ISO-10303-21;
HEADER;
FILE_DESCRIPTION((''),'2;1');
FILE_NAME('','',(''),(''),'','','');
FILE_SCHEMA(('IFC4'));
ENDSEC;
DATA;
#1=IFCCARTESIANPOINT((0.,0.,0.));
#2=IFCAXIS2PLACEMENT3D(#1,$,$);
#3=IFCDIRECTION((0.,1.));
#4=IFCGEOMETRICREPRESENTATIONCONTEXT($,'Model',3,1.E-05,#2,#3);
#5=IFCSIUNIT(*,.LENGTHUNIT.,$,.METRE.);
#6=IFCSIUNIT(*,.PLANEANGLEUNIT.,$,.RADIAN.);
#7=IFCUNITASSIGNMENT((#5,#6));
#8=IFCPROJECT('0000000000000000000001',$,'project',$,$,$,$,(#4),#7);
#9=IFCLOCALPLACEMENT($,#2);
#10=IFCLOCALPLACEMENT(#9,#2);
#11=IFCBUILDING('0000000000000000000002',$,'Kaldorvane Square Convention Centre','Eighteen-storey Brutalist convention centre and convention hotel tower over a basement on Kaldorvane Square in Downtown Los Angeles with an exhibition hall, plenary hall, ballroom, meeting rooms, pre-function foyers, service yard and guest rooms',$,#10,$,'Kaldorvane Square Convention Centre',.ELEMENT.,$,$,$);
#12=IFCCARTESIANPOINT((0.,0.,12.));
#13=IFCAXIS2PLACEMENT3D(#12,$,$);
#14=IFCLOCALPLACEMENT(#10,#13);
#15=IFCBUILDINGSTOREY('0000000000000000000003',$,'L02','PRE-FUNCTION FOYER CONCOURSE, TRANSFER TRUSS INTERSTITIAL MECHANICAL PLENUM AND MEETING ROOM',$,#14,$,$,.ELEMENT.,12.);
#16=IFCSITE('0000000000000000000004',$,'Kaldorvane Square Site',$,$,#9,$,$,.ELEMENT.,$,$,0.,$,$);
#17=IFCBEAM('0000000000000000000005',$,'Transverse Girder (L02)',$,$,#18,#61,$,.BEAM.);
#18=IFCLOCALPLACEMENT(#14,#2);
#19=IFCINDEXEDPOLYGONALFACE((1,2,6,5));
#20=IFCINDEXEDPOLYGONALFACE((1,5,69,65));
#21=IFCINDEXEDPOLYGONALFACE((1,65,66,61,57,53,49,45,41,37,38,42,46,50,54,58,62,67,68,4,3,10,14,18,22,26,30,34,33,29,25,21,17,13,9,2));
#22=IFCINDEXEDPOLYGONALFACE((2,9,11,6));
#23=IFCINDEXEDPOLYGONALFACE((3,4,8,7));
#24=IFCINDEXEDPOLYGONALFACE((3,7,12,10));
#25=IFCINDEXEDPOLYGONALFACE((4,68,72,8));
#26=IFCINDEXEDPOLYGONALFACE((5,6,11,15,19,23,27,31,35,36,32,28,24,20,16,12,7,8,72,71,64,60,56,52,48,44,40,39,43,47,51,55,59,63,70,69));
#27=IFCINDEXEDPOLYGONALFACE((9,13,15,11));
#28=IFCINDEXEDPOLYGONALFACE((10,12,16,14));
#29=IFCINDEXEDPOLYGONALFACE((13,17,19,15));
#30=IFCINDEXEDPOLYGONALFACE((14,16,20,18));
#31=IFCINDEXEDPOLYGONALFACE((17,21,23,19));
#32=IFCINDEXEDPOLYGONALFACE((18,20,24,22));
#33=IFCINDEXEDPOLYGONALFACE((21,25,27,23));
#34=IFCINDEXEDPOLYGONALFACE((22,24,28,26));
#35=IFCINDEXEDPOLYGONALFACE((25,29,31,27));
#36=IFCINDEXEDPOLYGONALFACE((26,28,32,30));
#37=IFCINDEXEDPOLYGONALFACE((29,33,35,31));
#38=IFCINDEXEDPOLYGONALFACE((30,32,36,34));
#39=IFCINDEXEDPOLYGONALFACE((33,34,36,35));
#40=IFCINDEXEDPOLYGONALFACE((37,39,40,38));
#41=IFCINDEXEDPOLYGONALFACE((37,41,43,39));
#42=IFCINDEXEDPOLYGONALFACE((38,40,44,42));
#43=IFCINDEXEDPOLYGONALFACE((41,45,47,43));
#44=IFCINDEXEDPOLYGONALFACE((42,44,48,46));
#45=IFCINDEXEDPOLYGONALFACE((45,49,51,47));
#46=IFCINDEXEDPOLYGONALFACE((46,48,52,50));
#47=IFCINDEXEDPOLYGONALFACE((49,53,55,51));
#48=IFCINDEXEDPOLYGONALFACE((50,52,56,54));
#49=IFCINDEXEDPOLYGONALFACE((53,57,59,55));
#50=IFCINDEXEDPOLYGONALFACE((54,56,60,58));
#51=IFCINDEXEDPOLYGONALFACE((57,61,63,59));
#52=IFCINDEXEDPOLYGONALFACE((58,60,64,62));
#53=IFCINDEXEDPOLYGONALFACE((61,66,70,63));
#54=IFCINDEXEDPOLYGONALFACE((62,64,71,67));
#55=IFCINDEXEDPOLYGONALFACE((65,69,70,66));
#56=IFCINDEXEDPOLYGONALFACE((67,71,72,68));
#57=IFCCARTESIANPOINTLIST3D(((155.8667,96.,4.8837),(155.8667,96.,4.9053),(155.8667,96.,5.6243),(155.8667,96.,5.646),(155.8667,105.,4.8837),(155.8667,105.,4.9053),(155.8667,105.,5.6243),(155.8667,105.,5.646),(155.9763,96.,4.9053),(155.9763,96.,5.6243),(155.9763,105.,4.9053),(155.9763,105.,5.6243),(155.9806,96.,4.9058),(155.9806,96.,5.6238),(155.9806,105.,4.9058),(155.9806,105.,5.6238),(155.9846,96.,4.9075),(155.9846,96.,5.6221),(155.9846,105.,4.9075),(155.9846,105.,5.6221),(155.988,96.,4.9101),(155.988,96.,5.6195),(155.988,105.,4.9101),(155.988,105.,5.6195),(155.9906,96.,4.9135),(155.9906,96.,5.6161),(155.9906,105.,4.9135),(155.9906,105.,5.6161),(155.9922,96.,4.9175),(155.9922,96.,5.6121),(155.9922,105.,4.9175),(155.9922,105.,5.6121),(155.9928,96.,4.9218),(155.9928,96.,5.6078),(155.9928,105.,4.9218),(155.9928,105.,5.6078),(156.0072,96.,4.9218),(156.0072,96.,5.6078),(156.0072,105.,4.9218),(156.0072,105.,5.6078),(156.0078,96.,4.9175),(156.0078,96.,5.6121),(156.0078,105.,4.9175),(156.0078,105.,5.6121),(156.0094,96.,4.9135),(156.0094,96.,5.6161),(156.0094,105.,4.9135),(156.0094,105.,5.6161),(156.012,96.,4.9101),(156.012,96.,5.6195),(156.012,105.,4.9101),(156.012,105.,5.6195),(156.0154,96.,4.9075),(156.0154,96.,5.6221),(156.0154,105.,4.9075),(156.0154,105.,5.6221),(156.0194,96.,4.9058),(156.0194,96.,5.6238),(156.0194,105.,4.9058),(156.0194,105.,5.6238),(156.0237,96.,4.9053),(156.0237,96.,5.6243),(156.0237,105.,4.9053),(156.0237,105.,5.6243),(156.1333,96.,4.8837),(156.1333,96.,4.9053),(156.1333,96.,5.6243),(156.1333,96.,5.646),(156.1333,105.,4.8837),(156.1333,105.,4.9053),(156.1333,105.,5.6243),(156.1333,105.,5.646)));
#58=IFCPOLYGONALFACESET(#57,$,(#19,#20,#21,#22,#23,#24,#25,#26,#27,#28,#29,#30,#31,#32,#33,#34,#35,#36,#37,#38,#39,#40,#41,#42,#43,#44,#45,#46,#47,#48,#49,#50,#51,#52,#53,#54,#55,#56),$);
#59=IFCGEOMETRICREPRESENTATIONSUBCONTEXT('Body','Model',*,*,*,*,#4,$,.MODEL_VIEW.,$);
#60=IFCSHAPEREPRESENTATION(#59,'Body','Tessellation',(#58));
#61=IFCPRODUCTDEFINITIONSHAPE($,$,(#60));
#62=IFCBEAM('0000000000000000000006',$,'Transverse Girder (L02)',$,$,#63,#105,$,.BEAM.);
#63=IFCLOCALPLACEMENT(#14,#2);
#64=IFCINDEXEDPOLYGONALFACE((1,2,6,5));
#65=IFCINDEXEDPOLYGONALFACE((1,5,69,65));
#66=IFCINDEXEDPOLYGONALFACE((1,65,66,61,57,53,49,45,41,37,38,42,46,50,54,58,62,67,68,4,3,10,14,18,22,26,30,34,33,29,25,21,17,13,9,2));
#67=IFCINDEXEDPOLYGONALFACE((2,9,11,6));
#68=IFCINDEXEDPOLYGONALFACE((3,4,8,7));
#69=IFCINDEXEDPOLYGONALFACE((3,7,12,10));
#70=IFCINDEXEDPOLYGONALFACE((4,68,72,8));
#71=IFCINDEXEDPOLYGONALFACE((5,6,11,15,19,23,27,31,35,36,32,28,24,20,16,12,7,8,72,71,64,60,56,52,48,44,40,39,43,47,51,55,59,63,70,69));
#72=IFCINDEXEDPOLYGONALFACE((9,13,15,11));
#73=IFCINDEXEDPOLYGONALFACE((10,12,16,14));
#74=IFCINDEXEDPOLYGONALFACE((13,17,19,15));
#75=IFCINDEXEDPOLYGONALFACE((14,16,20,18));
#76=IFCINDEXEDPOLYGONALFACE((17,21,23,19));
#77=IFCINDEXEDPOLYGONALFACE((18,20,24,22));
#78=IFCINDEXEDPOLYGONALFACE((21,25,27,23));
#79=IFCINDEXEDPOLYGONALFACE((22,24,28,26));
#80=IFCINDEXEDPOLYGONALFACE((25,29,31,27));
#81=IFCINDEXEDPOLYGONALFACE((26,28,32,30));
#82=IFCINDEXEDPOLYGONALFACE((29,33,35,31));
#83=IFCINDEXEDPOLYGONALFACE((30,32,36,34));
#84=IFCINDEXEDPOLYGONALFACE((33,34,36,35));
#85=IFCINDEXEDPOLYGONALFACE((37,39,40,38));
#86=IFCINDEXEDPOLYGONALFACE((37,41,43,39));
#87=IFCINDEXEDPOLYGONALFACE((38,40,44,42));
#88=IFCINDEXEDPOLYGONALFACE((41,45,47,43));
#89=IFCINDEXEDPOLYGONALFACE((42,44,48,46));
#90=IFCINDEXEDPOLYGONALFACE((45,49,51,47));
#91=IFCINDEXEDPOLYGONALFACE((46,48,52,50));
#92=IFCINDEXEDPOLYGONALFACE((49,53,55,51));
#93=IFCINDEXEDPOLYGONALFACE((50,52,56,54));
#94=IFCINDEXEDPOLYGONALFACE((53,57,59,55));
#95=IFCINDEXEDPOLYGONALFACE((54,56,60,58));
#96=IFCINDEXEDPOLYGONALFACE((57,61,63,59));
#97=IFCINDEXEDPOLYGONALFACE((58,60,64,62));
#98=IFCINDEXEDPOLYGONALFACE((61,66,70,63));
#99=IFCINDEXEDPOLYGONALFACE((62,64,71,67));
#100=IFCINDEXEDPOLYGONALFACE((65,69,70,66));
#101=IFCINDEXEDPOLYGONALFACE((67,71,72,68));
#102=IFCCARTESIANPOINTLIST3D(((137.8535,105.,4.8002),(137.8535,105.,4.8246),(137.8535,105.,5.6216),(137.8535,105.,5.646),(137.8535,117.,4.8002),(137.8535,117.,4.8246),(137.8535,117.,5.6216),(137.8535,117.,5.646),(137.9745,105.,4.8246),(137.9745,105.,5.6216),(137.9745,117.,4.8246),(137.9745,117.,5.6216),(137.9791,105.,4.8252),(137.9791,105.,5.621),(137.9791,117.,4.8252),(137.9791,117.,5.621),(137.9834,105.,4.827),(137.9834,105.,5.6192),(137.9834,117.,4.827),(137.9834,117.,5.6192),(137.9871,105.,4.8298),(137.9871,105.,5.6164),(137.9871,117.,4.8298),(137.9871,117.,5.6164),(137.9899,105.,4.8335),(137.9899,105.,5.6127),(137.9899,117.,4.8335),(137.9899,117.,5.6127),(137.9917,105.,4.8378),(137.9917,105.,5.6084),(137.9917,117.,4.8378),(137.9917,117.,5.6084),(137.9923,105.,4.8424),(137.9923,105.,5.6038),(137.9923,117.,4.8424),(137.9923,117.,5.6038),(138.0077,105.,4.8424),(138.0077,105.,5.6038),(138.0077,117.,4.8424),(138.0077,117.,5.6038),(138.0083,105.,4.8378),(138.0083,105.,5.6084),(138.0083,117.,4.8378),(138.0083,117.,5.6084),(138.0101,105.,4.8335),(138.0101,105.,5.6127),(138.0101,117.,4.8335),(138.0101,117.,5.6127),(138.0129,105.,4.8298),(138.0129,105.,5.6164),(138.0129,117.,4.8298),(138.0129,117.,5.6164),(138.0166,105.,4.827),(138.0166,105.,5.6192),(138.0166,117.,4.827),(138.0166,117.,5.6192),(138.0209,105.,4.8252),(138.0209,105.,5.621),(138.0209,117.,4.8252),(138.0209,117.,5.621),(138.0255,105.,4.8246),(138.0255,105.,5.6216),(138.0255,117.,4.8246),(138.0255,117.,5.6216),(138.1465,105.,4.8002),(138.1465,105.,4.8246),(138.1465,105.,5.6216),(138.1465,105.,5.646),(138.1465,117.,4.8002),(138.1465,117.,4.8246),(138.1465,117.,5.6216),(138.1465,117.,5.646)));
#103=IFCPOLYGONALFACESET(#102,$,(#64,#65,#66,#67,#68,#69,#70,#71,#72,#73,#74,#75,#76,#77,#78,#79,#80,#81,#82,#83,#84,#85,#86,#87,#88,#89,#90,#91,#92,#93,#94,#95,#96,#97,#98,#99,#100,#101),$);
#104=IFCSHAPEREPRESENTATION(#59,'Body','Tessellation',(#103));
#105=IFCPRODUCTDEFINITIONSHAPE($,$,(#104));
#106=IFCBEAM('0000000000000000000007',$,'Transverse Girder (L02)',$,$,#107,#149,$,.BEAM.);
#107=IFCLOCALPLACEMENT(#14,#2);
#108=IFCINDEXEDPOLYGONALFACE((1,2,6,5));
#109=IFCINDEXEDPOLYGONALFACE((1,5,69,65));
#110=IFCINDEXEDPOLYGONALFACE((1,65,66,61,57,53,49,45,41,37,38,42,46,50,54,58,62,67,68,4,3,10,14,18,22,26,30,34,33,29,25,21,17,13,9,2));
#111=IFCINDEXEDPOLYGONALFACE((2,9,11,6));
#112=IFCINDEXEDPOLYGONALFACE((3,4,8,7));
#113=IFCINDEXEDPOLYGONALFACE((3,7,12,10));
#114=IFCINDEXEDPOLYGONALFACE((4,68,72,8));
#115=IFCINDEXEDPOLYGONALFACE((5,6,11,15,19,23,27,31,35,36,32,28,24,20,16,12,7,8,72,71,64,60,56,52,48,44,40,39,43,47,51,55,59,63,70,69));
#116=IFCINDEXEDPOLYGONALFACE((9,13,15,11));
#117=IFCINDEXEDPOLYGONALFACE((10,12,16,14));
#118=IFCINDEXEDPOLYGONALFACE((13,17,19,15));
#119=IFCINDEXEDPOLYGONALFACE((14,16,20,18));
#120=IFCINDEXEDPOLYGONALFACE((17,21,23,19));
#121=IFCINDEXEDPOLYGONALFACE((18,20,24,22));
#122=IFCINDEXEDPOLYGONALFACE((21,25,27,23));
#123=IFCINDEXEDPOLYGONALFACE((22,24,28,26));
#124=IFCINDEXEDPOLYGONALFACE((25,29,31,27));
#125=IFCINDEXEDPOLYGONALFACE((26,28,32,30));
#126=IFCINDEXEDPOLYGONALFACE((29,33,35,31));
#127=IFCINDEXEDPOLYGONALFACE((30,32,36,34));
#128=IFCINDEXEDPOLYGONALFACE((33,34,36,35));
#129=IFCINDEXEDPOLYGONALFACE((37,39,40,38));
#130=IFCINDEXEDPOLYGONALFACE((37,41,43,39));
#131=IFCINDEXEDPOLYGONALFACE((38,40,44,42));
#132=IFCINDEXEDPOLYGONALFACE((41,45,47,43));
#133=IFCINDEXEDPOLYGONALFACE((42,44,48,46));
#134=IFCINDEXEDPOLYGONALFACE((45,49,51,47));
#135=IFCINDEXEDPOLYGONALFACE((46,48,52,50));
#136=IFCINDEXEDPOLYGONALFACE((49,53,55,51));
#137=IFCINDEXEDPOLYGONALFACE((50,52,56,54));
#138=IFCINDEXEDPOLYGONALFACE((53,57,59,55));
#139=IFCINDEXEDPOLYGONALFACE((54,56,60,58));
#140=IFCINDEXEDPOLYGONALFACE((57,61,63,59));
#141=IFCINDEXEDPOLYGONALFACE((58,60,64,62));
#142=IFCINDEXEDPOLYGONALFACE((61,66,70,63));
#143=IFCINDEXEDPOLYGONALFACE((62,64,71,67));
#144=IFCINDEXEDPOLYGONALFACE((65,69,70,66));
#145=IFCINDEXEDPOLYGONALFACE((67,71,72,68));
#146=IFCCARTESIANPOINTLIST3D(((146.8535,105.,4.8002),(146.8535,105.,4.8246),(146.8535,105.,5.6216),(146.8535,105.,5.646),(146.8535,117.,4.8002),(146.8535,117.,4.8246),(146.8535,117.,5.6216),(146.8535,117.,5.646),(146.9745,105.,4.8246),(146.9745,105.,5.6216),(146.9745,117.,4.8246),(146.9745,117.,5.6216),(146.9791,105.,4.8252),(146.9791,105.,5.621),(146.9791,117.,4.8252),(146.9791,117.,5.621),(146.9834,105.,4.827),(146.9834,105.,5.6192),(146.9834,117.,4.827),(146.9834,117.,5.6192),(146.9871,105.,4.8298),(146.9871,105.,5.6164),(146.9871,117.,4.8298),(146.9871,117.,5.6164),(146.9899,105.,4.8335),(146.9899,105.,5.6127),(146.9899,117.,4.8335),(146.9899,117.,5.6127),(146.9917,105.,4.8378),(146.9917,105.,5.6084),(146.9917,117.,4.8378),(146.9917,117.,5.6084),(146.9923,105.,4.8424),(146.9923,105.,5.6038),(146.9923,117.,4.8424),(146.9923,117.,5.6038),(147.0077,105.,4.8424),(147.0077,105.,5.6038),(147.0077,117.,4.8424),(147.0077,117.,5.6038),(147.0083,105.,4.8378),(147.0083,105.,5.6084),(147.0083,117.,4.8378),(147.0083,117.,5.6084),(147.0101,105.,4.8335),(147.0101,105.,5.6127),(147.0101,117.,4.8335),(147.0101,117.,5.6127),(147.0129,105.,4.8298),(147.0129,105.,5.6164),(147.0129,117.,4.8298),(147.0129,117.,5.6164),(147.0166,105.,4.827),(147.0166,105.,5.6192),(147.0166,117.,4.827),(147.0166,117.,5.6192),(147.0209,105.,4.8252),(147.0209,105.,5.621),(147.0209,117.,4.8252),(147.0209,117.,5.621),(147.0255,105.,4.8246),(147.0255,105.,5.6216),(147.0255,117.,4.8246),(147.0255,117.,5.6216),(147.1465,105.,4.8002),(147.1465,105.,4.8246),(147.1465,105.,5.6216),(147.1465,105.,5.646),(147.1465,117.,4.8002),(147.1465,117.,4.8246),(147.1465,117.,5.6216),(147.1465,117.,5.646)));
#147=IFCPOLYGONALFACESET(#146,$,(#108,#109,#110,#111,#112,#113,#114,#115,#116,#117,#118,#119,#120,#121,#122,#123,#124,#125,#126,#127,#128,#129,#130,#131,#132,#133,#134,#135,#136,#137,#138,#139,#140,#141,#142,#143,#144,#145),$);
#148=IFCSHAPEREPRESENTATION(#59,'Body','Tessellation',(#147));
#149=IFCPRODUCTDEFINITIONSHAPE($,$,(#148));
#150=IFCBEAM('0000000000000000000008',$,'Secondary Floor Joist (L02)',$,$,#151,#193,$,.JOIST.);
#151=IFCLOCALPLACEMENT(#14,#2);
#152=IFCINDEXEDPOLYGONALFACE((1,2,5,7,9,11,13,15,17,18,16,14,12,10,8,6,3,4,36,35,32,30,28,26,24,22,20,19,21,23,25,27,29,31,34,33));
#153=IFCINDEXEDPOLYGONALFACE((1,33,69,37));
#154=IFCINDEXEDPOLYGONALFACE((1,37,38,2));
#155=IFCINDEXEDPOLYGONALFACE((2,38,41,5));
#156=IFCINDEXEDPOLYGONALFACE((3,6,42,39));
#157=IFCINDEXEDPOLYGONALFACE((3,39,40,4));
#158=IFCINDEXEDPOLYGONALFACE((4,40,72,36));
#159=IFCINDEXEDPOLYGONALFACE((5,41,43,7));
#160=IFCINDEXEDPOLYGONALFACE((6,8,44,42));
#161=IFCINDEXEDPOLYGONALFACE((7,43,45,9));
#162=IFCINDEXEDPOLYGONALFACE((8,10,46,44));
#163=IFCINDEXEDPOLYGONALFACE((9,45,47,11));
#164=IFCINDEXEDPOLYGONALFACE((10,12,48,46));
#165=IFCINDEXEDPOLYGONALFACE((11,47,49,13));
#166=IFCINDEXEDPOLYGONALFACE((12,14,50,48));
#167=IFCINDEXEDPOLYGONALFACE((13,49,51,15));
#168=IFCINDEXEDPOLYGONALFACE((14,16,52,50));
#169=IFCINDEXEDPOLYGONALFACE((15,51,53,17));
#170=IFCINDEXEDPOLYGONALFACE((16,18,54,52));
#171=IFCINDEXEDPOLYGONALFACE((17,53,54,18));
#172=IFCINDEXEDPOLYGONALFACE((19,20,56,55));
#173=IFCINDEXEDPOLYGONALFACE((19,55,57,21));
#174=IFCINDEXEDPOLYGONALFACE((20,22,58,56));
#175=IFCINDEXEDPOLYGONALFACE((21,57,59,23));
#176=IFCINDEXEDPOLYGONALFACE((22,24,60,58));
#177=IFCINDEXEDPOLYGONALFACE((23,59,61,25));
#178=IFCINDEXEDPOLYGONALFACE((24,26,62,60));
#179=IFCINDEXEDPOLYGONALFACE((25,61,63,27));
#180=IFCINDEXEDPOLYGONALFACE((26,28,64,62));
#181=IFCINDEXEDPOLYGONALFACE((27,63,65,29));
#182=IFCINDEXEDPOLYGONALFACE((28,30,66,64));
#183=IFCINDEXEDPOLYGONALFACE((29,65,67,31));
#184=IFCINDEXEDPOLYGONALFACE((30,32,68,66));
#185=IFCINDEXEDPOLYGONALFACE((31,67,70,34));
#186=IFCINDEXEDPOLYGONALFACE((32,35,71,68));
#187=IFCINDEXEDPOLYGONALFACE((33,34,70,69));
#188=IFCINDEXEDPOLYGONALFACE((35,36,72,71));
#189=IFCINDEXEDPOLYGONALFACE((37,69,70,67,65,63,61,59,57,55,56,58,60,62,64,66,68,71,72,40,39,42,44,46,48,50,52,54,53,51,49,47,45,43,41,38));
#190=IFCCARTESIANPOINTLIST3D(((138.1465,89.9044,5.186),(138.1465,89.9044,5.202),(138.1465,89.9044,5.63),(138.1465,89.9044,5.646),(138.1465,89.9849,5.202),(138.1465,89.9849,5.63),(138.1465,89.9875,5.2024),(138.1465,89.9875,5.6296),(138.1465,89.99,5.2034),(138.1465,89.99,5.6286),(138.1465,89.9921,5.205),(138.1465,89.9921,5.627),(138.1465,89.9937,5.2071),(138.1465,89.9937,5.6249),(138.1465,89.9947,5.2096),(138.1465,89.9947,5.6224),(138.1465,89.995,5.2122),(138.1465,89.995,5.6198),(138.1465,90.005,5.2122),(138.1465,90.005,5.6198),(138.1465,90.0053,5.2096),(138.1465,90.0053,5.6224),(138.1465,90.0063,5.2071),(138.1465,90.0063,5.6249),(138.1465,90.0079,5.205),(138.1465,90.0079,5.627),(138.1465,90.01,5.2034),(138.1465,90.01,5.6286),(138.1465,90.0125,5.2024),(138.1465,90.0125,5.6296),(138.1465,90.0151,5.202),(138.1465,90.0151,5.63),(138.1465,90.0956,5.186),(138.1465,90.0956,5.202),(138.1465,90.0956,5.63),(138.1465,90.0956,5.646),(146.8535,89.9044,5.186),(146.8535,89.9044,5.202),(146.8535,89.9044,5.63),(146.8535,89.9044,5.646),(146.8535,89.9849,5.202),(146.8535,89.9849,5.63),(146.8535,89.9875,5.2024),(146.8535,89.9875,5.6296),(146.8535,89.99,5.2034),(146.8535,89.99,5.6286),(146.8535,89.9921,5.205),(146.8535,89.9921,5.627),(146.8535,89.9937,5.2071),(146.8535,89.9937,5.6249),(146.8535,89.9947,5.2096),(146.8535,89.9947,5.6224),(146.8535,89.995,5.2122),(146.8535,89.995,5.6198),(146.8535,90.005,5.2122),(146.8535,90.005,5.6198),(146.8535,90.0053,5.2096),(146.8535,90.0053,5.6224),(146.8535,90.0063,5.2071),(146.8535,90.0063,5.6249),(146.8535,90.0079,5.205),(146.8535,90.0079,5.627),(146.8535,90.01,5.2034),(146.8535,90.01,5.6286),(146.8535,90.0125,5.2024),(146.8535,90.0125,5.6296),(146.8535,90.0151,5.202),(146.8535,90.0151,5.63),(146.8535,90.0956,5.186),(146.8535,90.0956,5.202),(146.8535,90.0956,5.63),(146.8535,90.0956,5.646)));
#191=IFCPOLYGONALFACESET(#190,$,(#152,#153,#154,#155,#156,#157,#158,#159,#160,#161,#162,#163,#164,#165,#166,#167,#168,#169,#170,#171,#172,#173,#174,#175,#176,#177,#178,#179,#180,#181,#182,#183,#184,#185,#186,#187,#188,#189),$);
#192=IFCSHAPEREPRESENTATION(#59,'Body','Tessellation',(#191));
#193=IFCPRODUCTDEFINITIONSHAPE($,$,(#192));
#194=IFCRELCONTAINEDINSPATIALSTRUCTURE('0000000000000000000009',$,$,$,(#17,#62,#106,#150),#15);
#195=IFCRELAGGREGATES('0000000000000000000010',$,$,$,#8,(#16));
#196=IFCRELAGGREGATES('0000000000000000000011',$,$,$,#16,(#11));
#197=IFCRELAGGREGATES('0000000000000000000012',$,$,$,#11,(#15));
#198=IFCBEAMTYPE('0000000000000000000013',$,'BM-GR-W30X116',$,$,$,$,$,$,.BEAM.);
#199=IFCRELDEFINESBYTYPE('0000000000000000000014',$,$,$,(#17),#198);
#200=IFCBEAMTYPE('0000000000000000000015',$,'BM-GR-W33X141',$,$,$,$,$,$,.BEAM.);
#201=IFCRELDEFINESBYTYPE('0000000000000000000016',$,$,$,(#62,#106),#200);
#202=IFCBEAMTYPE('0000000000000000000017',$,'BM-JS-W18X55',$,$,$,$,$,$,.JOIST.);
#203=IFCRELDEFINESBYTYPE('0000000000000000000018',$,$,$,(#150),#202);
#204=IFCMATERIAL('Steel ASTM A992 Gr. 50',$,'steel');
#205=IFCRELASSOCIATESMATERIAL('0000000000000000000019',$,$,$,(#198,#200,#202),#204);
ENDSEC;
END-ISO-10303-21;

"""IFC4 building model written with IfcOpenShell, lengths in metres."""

from ifc_helpers import new_model, si_unit, direction, frame, origin, origin_2d, place, context, subcontext, project, spatial, i_section, extrude, material, material_profile, profile_set, type_object, element, save


model = new_model("IFC4")

# Units and contexts
model_context = context("Model", 3, precision=1e-05, world=origin(), true_north=direction((0.0, 1.0)))
body_context = subcontext(model_context, "Body", "Model", "MODEL_VIEW")
ifc_project = project(units=[si_unit("LENGTHUNIT", "METRE"), si_unit("PLANEANGLEUNIT", "RADIAN")], contexts=[model_context])

# Site, building, storey
site_placement = place(None, origin())
site = spatial("IfcSite", under=ifc_project, at=site_placement, Name="Kaldorvane Square Site", CompositionType="ELEMENT", RefElevation=0.0)
building_placement = place(site_placement, origin())
building = spatial("IfcBuilding", under=site, at=building_placement, Name="Kaldorvane Square Convention Centre", Description="Eighteen-storey Brutalist convention centre and convention hotel tower over a basement on Kaldorvane Square in Downtown Los Angeles with an exhibition hall, plenary hall, ballroom, meeting rooms, pre-function foyers, service yard and guest rooms", LongName="Kaldorvane Square Convention Centre", CompositionType="ELEMENT")
storey_placement = place(building_placement, frame((0.0, 0.0, 12.0)))
storey = spatial("IfcBuildingStorey", under=building, at=storey_placement, Name="L02", Description="PRE-FUNCTION FOYER CONCOURSE, TRANSFER TRUSS INTERSTITIAL MECHANICAL PLENUM AND MEETING ROOM", CompositionType="ELEMENT", Elevation=12.0)

# Shared definitions
ifc_material_1 = material(Name="Steel ASTM A992 Gr. 50", Category="steel")

# Beams
ifc_material_profile_1 = material_profile(ifc_material_1, i_section(OverallWidth=0.2666, OverallDepth=0.7623, WebThickness=0.0144, FlangeThickness=0.0216, FilletRadius=0.0165, at=origin_2d()), Name="W30X116")
ifc_profile_set_1 = profile_set([ifc_material_profile_1], Name="Steel ASTM A992 Gr. 50")
beam_type_1 = type_object("IfcBeamType", Name="BM-GR-W30X116", PredefinedType="BEAM", material=ifc_profile_set_1)
for number, where, z_axis, x_axis, name in (
    (1, (156.0, 96.0, 5.2648), (0.0, 1.0, 0.0), (-1.0, 0.0, 0.0), "Transverse Girder (L02)"),
):
    element("IfcBeam", number, at=place(storey_placement, frame(where, z_axis=z_axis, x_axis=x_axis)), inside=storey, type_object=beam_type_1, Name=name, PredefinedType="BEAM", context=body_context, shape_type="SweptSolid", body=[
        extrude(i_section(OverallWidth=0.2666, OverallDepth=0.7623, WebThickness=0.0144, FlangeThickness=0.0216, FilletRadius=0.0165, at=origin_2d()), origin(), (0.0, 0.0, 1.0), 9.0),
    ])
ifc_material_profile_2 = material_profile(ifc_material_1, i_section(OverallWidth=0.293, OverallDepth=0.8458, WebThickness=0.0154, FlangeThickness=0.0244, FilletRadius=0.0178, at=origin_2d()), Name="W33X141")
ifc_profile_set_2 = profile_set([ifc_material_profile_2], Name="Steel ASTM A992 Gr. 50")
beam_type_2 = type_object("IfcBeamType", Name="BM-GR-W33X141", PredefinedType="BEAM", material=ifc_profile_set_2)
for number, where, z_axis, x_axis, name in (
    (2, (138.0, 105.0, 5.2231), (0.0, 1.0, 0.0), (-1.0, 0.0, 0.0), "Transverse Girder (L02)"),
    (3, (147.0, 105.0, 5.2231), (0.0, 1.0, 0.0), (-1.0, 0.0, 0.0), "Transverse Girder (L02)"),
):
    element("IfcBeam", number, at=place(storey_placement, frame(where, z_axis=z_axis, x_axis=x_axis)), inside=storey, type_object=beam_type_2, Name=name, PredefinedType="BEAM", context=body_context, shape_type="SweptSolid", body=[
        extrude(i_section(OverallWidth=0.293, OverallDepth=0.8458, WebThickness=0.0154, FlangeThickness=0.0244, FilletRadius=0.0178, at=origin_2d()), origin(), (0.0, 0.0, 1.0), 12.0),
    ])
ifc_material_profile_3 = material_profile(ifc_material_1, i_section(OverallWidth=0.1913, OverallDepth=0.46, WebThickness=0.0099, FlangeThickness=0.016, FilletRadius=0.0102, at=origin_2d()), Name="W18X55")
ifc_profile_set_3 = profile_set([ifc_material_profile_3], Name="Steel ASTM A992 Gr. 50")
beam_type_3 = type_object("IfcBeamType", Name="BM-JS-W18X55", PredefinedType="JOIST", material=ifc_profile_set_3)
for number, where, z_axis, x_axis, name in (
    (4, (138.1465, 90.0, 5.416), (1.0, 0.0, 0.0), (0.0, 1.0, 0.0), "Secondary Floor Joist (L02)"),
):
    element("IfcBeam", number, at=place(storey_placement, frame(where, z_axis=z_axis, x_axis=x_axis)), inside=storey, type_object=beam_type_3, Name=name, PredefinedType="JOIST", context=body_context, shape_type="SweptSolid", body=[
        extrude(i_section(OverallWidth=0.1913, OverallDepth=0.46, WebThickness=0.0099, FlangeThickness=0.016, FilletRadius=0.0102, at=origin_2d()), origin(), (0.0, 0.0, 1.0), 8.707),
    ])

save(model, "model.ifc")
